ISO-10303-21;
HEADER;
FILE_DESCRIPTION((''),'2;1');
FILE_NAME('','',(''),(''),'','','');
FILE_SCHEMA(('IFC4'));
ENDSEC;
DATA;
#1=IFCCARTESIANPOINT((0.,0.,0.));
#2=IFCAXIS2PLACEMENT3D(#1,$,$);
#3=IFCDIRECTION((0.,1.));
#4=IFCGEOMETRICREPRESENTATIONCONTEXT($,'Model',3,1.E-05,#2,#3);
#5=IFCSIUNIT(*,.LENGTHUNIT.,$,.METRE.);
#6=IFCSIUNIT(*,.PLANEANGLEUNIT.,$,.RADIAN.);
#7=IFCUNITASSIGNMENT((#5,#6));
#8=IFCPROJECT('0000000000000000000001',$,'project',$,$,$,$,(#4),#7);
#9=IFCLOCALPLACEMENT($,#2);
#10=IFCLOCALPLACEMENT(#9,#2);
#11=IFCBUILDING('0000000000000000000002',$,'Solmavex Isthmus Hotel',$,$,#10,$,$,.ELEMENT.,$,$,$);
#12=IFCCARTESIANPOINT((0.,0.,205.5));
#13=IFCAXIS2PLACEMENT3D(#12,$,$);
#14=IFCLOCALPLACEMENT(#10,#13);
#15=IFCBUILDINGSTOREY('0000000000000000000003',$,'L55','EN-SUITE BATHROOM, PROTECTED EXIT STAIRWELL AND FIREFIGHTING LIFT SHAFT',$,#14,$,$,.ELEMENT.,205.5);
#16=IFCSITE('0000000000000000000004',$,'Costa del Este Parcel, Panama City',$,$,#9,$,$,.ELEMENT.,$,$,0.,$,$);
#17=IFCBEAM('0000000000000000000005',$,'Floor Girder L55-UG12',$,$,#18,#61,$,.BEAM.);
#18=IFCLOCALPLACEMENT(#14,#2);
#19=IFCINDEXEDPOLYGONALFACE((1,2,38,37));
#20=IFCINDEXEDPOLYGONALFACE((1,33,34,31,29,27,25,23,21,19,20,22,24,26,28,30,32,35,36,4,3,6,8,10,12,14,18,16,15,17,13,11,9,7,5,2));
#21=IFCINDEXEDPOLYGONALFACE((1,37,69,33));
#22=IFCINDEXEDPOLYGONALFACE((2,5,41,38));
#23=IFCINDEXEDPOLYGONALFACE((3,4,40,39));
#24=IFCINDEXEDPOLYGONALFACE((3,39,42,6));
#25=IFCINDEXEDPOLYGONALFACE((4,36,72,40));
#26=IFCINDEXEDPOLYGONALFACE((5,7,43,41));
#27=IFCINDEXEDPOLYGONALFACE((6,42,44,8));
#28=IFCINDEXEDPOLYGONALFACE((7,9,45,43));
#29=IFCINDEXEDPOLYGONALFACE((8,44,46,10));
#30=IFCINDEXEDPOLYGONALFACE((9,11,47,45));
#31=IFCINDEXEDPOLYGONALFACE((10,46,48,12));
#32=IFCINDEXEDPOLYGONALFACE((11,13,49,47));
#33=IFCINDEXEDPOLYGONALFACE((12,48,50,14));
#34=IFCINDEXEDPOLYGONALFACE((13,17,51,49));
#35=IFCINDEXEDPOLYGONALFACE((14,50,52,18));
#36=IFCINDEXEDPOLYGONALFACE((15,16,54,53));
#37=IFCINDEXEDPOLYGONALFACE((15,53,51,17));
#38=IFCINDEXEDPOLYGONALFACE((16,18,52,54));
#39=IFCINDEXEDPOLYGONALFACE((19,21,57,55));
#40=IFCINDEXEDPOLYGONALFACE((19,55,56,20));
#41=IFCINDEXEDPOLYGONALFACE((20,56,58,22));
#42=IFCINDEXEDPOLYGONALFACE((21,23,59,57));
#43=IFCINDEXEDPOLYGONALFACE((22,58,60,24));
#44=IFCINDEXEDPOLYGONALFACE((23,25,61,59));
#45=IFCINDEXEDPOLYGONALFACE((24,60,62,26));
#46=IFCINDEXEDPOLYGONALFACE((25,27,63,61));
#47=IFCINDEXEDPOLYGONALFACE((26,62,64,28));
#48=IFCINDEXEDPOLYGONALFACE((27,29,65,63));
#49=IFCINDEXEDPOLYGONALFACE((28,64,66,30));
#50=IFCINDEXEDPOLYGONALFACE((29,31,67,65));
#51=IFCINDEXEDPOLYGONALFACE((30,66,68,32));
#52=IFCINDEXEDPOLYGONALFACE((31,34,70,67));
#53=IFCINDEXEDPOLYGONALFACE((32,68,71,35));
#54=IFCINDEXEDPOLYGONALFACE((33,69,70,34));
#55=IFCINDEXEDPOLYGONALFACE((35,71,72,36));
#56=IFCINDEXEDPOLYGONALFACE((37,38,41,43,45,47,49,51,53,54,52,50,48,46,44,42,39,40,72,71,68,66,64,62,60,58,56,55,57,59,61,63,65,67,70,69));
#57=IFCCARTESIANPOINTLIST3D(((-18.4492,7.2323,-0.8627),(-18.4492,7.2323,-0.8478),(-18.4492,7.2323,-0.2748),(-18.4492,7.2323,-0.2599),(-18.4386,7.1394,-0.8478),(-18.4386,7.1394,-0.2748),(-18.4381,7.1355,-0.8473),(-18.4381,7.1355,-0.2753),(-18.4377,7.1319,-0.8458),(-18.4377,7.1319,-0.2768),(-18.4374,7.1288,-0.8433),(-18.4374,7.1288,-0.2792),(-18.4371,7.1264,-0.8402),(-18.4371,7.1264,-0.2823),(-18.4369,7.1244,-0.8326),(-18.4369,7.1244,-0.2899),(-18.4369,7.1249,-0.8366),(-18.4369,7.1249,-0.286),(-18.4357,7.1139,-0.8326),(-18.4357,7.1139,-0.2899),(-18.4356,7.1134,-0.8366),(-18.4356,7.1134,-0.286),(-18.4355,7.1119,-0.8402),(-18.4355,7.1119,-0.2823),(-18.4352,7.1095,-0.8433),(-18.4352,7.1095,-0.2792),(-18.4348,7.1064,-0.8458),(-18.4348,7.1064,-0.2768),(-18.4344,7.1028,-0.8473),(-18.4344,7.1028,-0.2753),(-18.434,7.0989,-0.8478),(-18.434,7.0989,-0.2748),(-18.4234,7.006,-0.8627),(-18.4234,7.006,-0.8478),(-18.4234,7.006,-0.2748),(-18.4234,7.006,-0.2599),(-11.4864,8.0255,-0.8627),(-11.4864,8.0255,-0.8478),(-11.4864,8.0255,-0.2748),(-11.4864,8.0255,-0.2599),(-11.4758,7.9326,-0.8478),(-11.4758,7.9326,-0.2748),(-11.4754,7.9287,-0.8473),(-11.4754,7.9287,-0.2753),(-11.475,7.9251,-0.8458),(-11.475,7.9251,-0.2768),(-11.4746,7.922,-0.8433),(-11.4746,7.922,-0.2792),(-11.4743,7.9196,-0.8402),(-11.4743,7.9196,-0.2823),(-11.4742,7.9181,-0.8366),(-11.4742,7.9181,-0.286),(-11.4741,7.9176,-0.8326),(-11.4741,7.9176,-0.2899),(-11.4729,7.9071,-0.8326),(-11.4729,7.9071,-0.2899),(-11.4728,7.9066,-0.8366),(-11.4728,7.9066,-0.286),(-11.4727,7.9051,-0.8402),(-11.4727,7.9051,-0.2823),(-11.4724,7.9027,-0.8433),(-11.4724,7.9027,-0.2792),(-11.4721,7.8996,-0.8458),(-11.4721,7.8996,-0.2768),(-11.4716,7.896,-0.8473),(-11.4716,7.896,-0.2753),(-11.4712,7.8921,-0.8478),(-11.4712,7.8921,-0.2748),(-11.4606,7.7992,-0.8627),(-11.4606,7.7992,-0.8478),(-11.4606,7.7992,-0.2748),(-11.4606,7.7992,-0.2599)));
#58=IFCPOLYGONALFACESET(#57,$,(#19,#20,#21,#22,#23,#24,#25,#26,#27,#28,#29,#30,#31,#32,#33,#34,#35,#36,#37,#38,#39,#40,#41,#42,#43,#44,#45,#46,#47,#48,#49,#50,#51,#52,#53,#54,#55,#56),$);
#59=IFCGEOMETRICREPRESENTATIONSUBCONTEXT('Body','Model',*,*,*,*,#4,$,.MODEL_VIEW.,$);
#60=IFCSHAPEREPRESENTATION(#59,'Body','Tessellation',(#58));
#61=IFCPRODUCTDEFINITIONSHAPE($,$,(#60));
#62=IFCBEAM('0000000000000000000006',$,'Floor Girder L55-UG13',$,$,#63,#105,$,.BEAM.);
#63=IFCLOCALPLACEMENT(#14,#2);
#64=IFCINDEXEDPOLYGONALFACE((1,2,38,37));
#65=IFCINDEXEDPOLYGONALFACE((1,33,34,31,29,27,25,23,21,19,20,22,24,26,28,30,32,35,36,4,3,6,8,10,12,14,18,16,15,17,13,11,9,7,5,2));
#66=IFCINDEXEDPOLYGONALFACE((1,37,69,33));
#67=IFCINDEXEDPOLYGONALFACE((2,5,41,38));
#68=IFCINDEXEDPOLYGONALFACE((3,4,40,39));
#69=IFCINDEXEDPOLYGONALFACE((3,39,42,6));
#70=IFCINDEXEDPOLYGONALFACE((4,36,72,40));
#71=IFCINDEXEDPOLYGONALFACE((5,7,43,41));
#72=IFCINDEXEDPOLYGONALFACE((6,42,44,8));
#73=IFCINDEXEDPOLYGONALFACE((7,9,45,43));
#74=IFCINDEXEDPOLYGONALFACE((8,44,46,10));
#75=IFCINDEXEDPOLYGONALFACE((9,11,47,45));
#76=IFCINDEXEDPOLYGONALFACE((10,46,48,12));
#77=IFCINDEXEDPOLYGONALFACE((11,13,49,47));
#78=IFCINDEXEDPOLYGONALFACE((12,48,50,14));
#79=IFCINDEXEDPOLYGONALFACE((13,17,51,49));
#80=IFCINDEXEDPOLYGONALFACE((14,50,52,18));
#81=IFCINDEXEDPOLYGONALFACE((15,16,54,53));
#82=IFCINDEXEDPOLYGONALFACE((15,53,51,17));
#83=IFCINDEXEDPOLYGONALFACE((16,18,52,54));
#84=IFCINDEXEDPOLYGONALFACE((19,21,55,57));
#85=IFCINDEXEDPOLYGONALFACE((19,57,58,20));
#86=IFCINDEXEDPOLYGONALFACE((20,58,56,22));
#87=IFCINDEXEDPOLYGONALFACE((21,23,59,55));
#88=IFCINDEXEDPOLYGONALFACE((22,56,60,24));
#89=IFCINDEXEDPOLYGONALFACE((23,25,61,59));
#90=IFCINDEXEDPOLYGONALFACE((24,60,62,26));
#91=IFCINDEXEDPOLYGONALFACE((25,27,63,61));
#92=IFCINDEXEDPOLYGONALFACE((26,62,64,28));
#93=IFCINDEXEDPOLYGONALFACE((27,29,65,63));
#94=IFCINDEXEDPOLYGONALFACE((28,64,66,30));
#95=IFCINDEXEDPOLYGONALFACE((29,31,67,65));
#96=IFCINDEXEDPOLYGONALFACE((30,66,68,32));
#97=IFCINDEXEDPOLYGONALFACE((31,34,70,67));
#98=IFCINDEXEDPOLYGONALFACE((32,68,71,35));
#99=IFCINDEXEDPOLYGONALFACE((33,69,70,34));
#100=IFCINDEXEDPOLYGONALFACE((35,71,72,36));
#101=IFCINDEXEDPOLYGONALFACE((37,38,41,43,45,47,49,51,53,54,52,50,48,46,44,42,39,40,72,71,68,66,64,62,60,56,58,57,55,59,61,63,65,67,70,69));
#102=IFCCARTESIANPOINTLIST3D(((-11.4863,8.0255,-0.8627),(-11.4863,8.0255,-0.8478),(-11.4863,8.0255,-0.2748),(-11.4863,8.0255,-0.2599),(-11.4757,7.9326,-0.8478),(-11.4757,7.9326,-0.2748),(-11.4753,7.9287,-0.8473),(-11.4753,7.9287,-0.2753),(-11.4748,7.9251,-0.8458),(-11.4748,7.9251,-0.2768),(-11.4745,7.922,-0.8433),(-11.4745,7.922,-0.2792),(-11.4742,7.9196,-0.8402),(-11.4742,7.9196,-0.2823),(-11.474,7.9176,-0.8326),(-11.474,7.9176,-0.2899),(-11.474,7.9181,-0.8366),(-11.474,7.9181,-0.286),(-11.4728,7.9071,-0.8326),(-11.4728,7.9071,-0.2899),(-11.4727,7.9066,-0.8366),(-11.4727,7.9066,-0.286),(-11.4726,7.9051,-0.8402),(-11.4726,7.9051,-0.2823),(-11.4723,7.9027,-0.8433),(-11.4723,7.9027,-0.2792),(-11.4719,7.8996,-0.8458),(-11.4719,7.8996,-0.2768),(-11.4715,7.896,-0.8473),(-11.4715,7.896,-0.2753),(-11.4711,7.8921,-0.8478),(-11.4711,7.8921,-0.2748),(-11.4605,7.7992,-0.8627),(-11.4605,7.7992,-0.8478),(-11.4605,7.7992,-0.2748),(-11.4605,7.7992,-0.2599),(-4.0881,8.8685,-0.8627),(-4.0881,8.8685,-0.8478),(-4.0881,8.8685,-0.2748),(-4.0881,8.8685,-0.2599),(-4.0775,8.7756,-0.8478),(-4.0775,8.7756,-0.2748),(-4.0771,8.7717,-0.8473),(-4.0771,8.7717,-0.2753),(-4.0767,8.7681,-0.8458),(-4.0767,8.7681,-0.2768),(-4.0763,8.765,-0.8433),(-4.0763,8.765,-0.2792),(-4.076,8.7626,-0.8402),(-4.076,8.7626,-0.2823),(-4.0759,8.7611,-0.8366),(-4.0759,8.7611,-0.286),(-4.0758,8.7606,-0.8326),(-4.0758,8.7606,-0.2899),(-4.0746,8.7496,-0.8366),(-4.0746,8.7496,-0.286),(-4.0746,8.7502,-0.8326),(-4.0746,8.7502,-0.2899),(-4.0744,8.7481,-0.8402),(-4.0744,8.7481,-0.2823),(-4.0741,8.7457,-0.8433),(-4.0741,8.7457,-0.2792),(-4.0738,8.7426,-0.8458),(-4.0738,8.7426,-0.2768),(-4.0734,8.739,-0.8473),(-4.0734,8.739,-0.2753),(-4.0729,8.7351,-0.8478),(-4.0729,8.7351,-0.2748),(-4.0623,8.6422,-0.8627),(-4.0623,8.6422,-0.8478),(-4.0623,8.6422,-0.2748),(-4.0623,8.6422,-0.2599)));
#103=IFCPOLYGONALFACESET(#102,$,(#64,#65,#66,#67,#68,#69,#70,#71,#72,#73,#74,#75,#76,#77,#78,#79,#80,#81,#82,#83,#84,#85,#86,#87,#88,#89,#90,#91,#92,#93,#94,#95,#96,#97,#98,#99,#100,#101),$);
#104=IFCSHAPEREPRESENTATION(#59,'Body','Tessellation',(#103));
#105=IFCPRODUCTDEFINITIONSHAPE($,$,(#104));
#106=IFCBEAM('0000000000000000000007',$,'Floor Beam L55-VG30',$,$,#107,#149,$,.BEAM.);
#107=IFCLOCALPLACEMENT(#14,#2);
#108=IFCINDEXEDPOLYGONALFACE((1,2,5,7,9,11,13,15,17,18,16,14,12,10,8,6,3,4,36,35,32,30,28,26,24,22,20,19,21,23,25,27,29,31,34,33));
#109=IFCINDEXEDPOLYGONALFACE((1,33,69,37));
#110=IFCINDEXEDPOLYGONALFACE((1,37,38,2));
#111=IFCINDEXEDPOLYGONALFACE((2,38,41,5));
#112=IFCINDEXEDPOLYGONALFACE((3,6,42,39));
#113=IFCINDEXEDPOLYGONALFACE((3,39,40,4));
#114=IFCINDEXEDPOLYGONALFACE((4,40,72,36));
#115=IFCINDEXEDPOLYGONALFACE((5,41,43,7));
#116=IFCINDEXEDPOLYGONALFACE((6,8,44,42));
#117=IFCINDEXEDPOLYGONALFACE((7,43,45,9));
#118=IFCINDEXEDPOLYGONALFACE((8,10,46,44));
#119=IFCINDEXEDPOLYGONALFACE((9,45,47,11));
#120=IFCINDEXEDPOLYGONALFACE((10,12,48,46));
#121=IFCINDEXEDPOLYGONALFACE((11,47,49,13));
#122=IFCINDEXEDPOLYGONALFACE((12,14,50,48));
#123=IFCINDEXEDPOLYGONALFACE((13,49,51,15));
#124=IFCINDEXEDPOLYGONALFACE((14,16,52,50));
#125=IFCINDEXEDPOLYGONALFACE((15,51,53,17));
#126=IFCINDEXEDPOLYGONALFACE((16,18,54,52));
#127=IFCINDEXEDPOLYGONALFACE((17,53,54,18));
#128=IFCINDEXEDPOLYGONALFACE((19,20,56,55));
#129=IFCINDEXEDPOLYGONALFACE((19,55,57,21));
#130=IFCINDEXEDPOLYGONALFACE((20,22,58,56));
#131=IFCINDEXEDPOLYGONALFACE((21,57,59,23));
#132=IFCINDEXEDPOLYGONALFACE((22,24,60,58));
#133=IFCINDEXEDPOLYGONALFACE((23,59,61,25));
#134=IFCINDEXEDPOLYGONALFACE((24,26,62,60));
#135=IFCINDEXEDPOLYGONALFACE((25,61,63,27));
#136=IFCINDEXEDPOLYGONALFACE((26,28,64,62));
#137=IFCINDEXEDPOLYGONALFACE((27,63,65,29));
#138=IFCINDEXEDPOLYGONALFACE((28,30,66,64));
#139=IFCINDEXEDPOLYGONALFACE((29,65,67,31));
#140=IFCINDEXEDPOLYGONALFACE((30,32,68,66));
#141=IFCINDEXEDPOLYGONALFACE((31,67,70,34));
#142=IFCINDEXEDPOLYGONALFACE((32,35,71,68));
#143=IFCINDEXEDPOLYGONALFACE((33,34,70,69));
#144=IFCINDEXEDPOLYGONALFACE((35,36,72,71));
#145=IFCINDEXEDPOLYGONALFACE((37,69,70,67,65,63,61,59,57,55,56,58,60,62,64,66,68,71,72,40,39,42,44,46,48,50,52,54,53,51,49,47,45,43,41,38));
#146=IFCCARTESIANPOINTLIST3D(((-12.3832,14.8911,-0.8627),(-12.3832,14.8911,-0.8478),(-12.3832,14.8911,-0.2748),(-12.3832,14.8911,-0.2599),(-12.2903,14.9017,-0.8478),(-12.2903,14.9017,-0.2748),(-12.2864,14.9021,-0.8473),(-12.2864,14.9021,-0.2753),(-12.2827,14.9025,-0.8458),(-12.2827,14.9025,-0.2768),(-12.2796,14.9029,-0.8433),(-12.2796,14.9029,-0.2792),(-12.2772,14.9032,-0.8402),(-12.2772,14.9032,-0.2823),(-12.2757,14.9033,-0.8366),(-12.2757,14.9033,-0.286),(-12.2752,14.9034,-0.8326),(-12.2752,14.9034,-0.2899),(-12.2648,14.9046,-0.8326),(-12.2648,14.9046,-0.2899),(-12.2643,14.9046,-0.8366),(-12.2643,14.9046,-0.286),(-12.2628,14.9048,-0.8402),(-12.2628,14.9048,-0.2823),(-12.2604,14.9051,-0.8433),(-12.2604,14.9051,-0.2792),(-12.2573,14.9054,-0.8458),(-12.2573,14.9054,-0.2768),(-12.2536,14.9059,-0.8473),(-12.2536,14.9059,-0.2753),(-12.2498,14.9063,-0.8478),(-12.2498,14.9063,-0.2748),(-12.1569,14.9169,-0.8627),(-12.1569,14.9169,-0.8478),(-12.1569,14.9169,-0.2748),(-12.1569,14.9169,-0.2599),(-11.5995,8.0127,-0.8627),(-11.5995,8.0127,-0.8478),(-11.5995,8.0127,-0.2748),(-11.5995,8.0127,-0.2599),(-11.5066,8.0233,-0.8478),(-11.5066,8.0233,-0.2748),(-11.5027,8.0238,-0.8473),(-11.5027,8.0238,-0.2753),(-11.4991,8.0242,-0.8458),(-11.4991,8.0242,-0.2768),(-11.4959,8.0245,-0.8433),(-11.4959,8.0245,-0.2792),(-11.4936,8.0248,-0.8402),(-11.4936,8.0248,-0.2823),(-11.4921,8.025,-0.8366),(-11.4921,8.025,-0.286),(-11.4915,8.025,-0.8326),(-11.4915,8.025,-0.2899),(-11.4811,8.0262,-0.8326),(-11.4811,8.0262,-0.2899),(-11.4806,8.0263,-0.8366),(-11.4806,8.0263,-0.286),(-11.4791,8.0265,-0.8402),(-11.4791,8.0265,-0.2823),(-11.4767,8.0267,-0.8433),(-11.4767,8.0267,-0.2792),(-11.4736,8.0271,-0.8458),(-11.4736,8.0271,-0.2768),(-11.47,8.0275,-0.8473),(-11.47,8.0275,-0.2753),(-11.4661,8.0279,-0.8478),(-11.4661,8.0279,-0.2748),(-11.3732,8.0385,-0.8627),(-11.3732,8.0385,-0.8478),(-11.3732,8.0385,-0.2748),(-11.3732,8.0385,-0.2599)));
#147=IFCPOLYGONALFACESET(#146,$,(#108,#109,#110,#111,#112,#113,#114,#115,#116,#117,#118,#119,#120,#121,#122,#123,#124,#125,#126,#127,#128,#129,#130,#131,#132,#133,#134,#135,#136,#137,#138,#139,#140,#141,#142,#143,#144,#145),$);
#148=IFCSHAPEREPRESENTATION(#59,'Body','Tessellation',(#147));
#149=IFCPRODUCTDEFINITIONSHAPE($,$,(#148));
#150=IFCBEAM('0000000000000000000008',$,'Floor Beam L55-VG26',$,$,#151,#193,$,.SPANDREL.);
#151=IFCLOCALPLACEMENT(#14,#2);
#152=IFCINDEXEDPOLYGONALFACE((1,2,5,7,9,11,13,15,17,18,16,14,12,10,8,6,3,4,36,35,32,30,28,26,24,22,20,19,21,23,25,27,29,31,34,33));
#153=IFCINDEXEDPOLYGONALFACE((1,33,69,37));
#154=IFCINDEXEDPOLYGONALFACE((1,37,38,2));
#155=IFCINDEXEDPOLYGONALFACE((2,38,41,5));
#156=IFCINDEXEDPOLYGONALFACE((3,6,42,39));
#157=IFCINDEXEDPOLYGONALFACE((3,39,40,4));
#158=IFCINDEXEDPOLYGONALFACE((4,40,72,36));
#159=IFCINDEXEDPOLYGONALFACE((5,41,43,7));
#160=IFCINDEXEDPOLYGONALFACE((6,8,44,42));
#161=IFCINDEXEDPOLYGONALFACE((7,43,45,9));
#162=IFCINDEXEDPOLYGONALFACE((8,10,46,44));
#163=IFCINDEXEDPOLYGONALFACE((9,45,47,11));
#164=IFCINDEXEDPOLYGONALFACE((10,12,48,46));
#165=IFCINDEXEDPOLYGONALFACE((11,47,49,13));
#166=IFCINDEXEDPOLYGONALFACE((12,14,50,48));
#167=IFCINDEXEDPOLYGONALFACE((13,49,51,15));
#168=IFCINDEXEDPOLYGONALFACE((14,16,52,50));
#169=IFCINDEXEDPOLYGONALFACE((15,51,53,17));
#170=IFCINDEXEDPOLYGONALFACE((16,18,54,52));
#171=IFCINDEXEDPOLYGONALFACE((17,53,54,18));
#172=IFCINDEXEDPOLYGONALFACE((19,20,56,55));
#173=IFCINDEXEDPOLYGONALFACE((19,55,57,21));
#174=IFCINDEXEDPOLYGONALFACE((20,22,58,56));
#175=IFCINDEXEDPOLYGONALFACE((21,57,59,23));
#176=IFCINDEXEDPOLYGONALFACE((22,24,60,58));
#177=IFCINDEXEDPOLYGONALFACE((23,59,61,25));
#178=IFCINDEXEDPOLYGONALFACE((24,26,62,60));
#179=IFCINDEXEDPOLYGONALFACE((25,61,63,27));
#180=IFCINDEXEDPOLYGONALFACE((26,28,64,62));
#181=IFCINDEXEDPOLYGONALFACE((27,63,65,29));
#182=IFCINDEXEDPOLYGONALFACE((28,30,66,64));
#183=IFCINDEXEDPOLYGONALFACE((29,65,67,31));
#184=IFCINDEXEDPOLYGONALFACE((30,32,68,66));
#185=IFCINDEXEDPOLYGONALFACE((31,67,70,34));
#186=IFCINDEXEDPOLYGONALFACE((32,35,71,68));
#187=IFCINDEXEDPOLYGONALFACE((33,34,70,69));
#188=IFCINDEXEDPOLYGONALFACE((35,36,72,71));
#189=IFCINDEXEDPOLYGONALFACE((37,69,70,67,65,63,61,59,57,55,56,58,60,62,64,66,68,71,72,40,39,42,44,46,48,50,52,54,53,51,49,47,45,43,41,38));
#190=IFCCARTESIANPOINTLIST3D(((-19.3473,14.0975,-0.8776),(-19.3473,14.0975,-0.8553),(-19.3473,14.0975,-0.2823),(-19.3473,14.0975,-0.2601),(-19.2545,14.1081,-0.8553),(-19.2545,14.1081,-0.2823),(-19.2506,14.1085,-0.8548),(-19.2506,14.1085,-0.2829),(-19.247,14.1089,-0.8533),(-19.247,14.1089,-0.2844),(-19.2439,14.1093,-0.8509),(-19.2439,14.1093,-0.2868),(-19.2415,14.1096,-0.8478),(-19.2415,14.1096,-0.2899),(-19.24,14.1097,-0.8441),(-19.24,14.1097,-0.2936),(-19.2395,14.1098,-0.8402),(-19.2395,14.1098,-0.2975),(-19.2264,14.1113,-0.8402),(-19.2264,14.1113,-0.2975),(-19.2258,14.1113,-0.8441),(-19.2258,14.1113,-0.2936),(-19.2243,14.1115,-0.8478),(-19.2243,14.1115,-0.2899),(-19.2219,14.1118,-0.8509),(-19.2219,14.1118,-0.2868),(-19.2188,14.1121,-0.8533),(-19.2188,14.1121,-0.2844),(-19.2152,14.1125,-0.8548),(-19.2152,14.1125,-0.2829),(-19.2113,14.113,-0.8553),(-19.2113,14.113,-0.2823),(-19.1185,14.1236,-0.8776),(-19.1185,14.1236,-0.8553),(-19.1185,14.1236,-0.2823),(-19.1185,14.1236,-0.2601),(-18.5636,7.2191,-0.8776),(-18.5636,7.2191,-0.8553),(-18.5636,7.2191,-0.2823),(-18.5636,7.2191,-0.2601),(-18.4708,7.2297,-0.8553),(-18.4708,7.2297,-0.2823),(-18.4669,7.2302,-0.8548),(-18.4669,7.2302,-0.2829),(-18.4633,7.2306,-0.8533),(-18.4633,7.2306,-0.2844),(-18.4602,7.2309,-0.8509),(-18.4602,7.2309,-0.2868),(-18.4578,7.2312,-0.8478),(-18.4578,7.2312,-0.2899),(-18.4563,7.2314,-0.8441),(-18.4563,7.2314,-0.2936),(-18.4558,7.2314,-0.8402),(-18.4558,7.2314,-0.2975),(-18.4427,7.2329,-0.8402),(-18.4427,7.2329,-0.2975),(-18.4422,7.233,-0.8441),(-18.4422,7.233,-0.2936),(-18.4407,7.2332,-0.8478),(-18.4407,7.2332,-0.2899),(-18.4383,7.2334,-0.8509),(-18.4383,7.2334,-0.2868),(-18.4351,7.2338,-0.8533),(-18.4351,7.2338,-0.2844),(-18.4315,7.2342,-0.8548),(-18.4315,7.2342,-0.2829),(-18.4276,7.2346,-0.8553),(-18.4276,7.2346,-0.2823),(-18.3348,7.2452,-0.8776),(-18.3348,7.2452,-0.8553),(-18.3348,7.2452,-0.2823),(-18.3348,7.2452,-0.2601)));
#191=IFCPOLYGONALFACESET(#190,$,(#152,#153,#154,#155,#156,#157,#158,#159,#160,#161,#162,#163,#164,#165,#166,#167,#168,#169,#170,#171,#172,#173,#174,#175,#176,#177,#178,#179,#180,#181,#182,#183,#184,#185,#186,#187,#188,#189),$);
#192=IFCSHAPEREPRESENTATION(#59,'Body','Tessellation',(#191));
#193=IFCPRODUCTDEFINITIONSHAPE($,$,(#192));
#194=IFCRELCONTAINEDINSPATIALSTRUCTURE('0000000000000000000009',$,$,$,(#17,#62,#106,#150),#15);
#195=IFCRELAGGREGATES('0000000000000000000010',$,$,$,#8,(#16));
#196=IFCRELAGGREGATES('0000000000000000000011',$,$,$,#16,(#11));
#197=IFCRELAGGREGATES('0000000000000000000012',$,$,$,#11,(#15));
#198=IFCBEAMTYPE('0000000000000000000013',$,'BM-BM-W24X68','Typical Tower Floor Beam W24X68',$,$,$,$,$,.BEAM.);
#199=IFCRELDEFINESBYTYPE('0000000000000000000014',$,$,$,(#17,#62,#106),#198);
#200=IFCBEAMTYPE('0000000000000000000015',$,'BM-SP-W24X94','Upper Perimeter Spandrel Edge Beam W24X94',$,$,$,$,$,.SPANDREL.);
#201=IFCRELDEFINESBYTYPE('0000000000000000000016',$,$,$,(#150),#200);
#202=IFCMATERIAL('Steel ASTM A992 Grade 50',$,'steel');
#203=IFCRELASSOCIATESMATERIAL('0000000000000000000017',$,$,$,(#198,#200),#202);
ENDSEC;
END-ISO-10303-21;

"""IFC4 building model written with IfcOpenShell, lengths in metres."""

from ifc_helpers import new_model, si_unit, direction, frame, origin, origin_2d, place, context, subcontext, project, spatial, i_section, extrude, material, material_profile, profile_set, type_object, element, save


model = new_model("IFC4")

# Units and contexts
model_context = context("Model", 3, precision=1e-05, world=origin(), true_north=direction((0.0, 1.0)))
body_context = subcontext(model_context, "Body", "Model", "MODEL_VIEW")
ifc_project = project(units=[si_unit("LENGTHUNIT", "METRE"), si_unit("PLANEANGLEUNIT", "RADIAN")], contexts=[model_context])

# Site, building, storey
site_placement = place(None, origin())
site = spatial("IfcSite", under=ifc_project, at=site_placement, Name="Costa del Este Parcel, Panama City", CompositionType="ELEMENT", RefElevation=0.0)
building_placement = place(site_placement, origin())
building = spatial("IfcBuilding", under=site, at=building_placement, Name="Solmavex Isthmus Hotel", CompositionType="ELEMENT")
storey_placement = place(building_placement, frame((0.0, 0.0, 205.5)))
storey = spatial("IfcBuildingStorey", under=building, at=storey_placement, Name="L55", Description="EN-SUITE BATHROOM, PROTECTED EXIT STAIRWELL AND FIREFIGHTING LIFT SHAFT", CompositionType="ELEMENT", Elevation=205.5)

# Beams
ifc_material_1 = material(Name="Steel ASTM A992 Grade 50", Category="steel")
ifc_material_profile_1 = material_profile(ifc_material_1, i_section(OverallWidth=0.2278, OverallDepth=0.6028, WebThickness=0.0105, FlangeThickness=0.0149, FilletRadius=0.0151, at=origin_2d()), Name="W24X68")
ifc_profile_set_1 = profile_set([ifc_material_profile_1], Name="Steel ASTM A992 Grade 50")
beam_type_1 = type_object("IfcBeamType", Name="BM-BM-W24X68", Description="Typical Tower Floor Beam W24X68", PredefinedType="BEAM", material=ifc_profile_set_1)
beam_1_placement = place(storey_placement, frame((-18.4363, 7.1191, -0.5613), z_axis=(0.993574, 0.113188, 0.0), x_axis=(-0.113188, 0.993574, 0.0)))
element("IfcBeam", 1, at=beam_1_placement, inside=storey, type_object=beam_type_1, Name="Floor Girder L55-UG12", PredefinedType="BEAM", context=body_context, shape_type="SweptSolid", body=[
    extrude(i_section(OverallWidth=0.2278, OverallDepth=0.6028, WebThickness=0.0105, FlangeThickness=0.0149, FilletRadius=0.0151, at=origin_2d()), origin(), (0.0, 0.0, 1.0), 7.0078),
])
beam_2_placement = place(storey_placement, frame((-11.4734, 7.9124, -0.5613), z_axis=(0.99357, 0.113216, 0.0), x_axis=(-0.113216, 0.99357, 0.0)))
element("IfcBeam", 2, at=beam_2_placement, inside=storey, type_object=beam_type_1, Name="Floor Girder L55-UG13", PredefinedType="BEAM", context=body_context, shape_type="SweptSolid", body=[
    extrude(i_section(OverallWidth=0.2278, OverallDepth=0.6028, WebThickness=0.0105, FlangeThickness=0.0149, FilletRadius=0.0151, at=origin_2d()), origin(), (0.0, 0.0, 1.0), 7.446),
])
beam_3_placement = place(storey_placement, frame((-11.4863, 8.0256, -0.5613), z_axis=(-0.113202, 0.993572, 0.0), x_axis=(-0.993572, -0.113202, 0.0)))
element("IfcBeam", 3, at=beam_3_placement, inside=storey, type_object=beam_type_1, Name="Floor Beam L55-VG30", PredefinedType="BEAM", context=body_context, shape_type="SweptSolid", body=[
    extrude(i_section(OverallWidth=0.2278, OverallDepth=0.6028, WebThickness=0.0105, FlangeThickness=0.0149, FilletRadius=0.0151, at=origin_2d()), origin(), (0.0, 0.0, 1.0), 6.9229),
])
ifc_material_profile_2 = material_profile(ifc_material_1, i_section(OverallWidth=0.2302, OverallDepth=0.6174, WebThickness=0.0132, FlangeThickness=0.0222, FilletRadius=0.0151, at=origin_2d()), Name="W24X94")
ifc_profile_set_2 = profile_set([ifc_material_profile_2], Name="Steel ASTM A992 Grade 50")
beam_type_2 = type_object("IfcBeamType", Name="BM-SP-W24X94", Description="Upper Perimeter Spandrel Edge Beam W24X94", PredefinedType="SPANDREL", material=ifc_profile_set_2)
beam_4_placement = place(storey_placement, frame((-18.4492, 7.2322, -0.5688), z_axis=(-0.113202, 0.993572, 0.0), x_axis=(-0.993572, -0.113202, 0.0)))
element("IfcBeam", 4, at=beam_4_placement, inside=storey, type_object=beam_type_2, Name="Floor Beam L55-VG26", PredefinedType="SPANDREL", context=body_context, shape_type="SweptSolid", body=[
    extrude(i_section(OverallWidth=0.2302, OverallDepth=0.6174, WebThickness=0.0132, FlangeThickness=0.0222, FilletRadius=0.0151, at=origin_2d()), origin(), (0.0, 0.0, 1.0), 6.9229),
])

save(model, "model.ifc")
